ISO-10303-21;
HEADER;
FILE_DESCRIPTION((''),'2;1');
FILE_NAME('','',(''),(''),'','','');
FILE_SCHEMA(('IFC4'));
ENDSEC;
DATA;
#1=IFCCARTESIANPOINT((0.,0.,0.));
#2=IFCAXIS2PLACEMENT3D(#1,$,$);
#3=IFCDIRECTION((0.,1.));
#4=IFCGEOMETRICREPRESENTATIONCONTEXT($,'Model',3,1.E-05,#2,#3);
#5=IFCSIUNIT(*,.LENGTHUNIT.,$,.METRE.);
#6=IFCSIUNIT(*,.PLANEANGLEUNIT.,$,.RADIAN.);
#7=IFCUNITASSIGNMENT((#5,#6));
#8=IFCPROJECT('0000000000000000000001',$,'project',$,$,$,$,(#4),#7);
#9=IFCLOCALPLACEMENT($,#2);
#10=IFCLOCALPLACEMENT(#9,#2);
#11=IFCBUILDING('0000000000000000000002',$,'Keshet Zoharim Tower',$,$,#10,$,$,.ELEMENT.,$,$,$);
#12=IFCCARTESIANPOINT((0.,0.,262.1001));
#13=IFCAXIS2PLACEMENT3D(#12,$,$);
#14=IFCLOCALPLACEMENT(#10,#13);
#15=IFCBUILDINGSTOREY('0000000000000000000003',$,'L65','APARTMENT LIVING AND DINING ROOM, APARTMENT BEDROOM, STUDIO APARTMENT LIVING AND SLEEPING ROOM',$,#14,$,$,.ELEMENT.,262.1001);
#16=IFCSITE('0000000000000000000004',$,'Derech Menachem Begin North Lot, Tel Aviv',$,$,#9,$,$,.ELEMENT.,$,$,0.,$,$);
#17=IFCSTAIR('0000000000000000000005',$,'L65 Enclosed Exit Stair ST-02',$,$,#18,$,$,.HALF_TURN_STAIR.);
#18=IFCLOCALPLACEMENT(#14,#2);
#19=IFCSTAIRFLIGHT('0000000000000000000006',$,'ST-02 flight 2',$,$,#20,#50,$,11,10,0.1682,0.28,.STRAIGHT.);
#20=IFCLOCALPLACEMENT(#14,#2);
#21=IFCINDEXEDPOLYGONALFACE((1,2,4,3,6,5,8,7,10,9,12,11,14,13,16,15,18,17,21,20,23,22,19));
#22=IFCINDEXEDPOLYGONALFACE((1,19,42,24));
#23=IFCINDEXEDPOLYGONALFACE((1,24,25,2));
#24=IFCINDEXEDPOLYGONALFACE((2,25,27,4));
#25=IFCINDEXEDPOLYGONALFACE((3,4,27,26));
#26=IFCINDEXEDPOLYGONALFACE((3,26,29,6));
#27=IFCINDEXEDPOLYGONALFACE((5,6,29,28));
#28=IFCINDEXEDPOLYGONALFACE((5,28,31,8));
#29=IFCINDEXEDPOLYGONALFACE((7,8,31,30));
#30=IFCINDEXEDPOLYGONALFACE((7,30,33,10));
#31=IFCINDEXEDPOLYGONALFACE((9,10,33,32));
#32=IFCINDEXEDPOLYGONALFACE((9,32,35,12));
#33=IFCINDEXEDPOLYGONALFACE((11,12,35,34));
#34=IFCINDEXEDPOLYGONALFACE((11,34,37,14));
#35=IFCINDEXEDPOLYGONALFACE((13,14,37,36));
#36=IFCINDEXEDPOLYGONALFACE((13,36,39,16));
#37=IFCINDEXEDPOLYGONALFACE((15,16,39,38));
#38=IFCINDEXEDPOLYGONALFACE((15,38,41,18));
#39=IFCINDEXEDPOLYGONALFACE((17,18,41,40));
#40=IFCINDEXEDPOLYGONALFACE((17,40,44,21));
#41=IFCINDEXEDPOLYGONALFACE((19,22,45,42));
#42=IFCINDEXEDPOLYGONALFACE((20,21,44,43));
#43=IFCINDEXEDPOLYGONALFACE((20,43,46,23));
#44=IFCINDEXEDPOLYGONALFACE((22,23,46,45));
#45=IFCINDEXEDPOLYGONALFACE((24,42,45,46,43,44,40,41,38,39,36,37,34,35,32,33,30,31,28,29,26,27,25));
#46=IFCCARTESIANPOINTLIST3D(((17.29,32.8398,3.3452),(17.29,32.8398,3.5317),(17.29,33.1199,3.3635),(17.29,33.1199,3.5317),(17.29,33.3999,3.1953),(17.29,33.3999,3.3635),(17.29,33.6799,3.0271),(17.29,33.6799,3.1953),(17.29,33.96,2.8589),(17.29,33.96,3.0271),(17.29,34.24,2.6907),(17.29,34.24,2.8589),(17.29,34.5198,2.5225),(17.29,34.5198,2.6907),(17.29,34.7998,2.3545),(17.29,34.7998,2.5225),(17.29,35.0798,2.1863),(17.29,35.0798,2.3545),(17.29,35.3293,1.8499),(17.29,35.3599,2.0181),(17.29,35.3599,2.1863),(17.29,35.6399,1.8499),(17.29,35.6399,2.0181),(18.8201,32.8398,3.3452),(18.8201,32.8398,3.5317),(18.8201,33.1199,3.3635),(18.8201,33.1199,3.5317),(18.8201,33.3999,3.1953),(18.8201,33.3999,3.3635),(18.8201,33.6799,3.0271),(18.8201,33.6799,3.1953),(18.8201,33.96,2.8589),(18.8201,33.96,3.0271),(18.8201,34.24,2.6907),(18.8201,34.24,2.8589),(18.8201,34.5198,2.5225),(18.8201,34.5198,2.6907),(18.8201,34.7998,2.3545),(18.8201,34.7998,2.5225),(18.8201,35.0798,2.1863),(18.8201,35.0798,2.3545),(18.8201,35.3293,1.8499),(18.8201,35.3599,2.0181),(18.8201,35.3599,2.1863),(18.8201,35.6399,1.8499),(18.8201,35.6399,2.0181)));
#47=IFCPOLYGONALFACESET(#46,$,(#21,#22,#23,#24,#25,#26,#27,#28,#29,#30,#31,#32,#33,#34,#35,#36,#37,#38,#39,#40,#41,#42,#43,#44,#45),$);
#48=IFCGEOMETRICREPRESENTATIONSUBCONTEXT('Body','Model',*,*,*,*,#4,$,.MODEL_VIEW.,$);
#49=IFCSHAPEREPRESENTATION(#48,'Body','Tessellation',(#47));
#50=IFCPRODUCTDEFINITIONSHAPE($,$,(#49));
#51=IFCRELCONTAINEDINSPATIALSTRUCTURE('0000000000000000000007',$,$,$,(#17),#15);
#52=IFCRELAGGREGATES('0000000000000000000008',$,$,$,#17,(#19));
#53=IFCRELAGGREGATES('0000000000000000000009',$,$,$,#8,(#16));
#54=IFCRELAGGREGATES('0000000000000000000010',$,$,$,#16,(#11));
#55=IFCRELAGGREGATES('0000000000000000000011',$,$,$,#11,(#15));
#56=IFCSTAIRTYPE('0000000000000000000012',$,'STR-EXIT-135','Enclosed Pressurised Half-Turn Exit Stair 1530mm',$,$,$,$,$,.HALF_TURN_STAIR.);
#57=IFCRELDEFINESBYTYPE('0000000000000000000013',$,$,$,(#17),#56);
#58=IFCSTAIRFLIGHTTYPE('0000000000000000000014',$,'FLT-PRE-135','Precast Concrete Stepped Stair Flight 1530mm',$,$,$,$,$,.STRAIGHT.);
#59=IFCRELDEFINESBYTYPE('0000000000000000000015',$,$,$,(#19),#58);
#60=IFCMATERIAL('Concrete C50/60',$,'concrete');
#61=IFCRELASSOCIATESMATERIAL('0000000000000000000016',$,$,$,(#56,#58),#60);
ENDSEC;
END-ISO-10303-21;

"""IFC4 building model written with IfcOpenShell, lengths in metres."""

from ifc_helpers import new_model, si_unit, direction, frame, origin, place, context, subcontext, project, spatial, polyline, outline, extrude, material, type_object, element, aggregate, save


model = new_model("IFC4")

# Units and contexts
model_context = context("Model", 3, precision=1e-05, world=origin(), true_north=direction((0.0, 1.0)))
body_context = subcontext(model_context, "Body", "Model", "MODEL_VIEW")
ifc_project = project(units=[si_unit("LENGTHUNIT", "METRE"), si_unit("PLANEANGLEUNIT", "RADIAN")], contexts=[model_context])

# Site, building, storey
site_placement = place(None, origin())
site = spatial("IfcSite", under=ifc_project, at=site_placement, Name="Derech Menachem Begin North Lot, Tel Aviv", CompositionType="ELEMENT", RefElevation=0.0)
building_placement = place(site_placement, origin())
building = spatial("IfcBuilding", under=site, at=building_placement, Name="Keshet Zoharim Tower", CompositionType="ELEMENT")
storey_placement = place(building_placement, frame((0.0, 0.0, 262.1001)))
storey = spatial("IfcBuildingStorey", under=building, at=storey_placement, Name="L65", Description="APARTMENT LIVING AND DINING ROOM, APARTMENT BEDROOM, STUDIO APARTMENT LIVING AND SLEEPING ROOM", CompositionType="ELEMENT", Elevation=262.1001)

# Shared definitions
ifc_material_1 = material(Name="Concrete C50/60", Category="concrete")

# Stair, stair flight
stair_type = type_object("IfcStairType", Name="STR-EXIT-135", Description="Enclosed Pressurised Half-Turn Exit Stair 1530mm", PredefinedType="HALF_TURN_STAIR", material=ifc_material_1)
stair_placement = place(storey_placement, origin())
stair = element("IfcStair", 1, at=stair_placement, inside=storey, type_object=stair_type, Name="L65 Enclosed Exit Stair ST-02", PredefinedType="HALF_TURN_STAIR")
stair_flight_type = type_object("IfcStairFlightType", Name="FLT-PRE-135", Description="Precast Concrete Stepped Stair Flight 1530mm", PredefinedType="STRAIGHT", material=ifc_material_1)
stair_flight_1_placement = place(storey_placement, frame((18.0549, 35.6399, 1.8499), z_axis=(0.0, 0.0, 1.0), x_axis=(0.0, -1.0, 0.0)))
stair_flight_1 = element("IfcStairFlight", 2, at=stair_flight_1_placement, type_object=stair_flight_type, Name="ST-02 flight 2", NumberOfRisers=11, NumberOfTreads=10, PredefinedType="STRAIGHT", RiserHeight=0.1682, TreadLength=0.28, context=body_context, shape_type="SweptSolid", body=[
    extrude(outline(polyline([(0.0, 0.0), (0.0, 0.1682), (0.28, 0.1682), (0.28, 0.3364), (0.5601, 0.3364), (0.5601, 0.5046), (0.8401, 0.5046), (0.8401, 0.6726), (1.1201, 0.6726), (1.1201, 0.8408), (1.3999, 0.8408), (1.3999, 1.009), (1.6799, 1.009), (1.6799, 1.1772), (1.96, 1.1772), (1.96, 1.3455), (2.24, 1.3455), (2.24, 1.5137), (2.52, 1.5137), (2.52, 1.6819), (2.8, 1.6819), (2.8, 1.8501), (2.8, 1.4954), (0.3105, 0.0), (0.0, 0.0)])), frame((0.0, 0.7651, 0.0), z_axis=(0.0, -1.0, 0.0), x_axis=(1.0, 0.0, 0.0)), (0.0, 0.0, 1.0), 1.53),
])
aggregate(stair, [stair_flight_1])

save(model, "model.ifc")
